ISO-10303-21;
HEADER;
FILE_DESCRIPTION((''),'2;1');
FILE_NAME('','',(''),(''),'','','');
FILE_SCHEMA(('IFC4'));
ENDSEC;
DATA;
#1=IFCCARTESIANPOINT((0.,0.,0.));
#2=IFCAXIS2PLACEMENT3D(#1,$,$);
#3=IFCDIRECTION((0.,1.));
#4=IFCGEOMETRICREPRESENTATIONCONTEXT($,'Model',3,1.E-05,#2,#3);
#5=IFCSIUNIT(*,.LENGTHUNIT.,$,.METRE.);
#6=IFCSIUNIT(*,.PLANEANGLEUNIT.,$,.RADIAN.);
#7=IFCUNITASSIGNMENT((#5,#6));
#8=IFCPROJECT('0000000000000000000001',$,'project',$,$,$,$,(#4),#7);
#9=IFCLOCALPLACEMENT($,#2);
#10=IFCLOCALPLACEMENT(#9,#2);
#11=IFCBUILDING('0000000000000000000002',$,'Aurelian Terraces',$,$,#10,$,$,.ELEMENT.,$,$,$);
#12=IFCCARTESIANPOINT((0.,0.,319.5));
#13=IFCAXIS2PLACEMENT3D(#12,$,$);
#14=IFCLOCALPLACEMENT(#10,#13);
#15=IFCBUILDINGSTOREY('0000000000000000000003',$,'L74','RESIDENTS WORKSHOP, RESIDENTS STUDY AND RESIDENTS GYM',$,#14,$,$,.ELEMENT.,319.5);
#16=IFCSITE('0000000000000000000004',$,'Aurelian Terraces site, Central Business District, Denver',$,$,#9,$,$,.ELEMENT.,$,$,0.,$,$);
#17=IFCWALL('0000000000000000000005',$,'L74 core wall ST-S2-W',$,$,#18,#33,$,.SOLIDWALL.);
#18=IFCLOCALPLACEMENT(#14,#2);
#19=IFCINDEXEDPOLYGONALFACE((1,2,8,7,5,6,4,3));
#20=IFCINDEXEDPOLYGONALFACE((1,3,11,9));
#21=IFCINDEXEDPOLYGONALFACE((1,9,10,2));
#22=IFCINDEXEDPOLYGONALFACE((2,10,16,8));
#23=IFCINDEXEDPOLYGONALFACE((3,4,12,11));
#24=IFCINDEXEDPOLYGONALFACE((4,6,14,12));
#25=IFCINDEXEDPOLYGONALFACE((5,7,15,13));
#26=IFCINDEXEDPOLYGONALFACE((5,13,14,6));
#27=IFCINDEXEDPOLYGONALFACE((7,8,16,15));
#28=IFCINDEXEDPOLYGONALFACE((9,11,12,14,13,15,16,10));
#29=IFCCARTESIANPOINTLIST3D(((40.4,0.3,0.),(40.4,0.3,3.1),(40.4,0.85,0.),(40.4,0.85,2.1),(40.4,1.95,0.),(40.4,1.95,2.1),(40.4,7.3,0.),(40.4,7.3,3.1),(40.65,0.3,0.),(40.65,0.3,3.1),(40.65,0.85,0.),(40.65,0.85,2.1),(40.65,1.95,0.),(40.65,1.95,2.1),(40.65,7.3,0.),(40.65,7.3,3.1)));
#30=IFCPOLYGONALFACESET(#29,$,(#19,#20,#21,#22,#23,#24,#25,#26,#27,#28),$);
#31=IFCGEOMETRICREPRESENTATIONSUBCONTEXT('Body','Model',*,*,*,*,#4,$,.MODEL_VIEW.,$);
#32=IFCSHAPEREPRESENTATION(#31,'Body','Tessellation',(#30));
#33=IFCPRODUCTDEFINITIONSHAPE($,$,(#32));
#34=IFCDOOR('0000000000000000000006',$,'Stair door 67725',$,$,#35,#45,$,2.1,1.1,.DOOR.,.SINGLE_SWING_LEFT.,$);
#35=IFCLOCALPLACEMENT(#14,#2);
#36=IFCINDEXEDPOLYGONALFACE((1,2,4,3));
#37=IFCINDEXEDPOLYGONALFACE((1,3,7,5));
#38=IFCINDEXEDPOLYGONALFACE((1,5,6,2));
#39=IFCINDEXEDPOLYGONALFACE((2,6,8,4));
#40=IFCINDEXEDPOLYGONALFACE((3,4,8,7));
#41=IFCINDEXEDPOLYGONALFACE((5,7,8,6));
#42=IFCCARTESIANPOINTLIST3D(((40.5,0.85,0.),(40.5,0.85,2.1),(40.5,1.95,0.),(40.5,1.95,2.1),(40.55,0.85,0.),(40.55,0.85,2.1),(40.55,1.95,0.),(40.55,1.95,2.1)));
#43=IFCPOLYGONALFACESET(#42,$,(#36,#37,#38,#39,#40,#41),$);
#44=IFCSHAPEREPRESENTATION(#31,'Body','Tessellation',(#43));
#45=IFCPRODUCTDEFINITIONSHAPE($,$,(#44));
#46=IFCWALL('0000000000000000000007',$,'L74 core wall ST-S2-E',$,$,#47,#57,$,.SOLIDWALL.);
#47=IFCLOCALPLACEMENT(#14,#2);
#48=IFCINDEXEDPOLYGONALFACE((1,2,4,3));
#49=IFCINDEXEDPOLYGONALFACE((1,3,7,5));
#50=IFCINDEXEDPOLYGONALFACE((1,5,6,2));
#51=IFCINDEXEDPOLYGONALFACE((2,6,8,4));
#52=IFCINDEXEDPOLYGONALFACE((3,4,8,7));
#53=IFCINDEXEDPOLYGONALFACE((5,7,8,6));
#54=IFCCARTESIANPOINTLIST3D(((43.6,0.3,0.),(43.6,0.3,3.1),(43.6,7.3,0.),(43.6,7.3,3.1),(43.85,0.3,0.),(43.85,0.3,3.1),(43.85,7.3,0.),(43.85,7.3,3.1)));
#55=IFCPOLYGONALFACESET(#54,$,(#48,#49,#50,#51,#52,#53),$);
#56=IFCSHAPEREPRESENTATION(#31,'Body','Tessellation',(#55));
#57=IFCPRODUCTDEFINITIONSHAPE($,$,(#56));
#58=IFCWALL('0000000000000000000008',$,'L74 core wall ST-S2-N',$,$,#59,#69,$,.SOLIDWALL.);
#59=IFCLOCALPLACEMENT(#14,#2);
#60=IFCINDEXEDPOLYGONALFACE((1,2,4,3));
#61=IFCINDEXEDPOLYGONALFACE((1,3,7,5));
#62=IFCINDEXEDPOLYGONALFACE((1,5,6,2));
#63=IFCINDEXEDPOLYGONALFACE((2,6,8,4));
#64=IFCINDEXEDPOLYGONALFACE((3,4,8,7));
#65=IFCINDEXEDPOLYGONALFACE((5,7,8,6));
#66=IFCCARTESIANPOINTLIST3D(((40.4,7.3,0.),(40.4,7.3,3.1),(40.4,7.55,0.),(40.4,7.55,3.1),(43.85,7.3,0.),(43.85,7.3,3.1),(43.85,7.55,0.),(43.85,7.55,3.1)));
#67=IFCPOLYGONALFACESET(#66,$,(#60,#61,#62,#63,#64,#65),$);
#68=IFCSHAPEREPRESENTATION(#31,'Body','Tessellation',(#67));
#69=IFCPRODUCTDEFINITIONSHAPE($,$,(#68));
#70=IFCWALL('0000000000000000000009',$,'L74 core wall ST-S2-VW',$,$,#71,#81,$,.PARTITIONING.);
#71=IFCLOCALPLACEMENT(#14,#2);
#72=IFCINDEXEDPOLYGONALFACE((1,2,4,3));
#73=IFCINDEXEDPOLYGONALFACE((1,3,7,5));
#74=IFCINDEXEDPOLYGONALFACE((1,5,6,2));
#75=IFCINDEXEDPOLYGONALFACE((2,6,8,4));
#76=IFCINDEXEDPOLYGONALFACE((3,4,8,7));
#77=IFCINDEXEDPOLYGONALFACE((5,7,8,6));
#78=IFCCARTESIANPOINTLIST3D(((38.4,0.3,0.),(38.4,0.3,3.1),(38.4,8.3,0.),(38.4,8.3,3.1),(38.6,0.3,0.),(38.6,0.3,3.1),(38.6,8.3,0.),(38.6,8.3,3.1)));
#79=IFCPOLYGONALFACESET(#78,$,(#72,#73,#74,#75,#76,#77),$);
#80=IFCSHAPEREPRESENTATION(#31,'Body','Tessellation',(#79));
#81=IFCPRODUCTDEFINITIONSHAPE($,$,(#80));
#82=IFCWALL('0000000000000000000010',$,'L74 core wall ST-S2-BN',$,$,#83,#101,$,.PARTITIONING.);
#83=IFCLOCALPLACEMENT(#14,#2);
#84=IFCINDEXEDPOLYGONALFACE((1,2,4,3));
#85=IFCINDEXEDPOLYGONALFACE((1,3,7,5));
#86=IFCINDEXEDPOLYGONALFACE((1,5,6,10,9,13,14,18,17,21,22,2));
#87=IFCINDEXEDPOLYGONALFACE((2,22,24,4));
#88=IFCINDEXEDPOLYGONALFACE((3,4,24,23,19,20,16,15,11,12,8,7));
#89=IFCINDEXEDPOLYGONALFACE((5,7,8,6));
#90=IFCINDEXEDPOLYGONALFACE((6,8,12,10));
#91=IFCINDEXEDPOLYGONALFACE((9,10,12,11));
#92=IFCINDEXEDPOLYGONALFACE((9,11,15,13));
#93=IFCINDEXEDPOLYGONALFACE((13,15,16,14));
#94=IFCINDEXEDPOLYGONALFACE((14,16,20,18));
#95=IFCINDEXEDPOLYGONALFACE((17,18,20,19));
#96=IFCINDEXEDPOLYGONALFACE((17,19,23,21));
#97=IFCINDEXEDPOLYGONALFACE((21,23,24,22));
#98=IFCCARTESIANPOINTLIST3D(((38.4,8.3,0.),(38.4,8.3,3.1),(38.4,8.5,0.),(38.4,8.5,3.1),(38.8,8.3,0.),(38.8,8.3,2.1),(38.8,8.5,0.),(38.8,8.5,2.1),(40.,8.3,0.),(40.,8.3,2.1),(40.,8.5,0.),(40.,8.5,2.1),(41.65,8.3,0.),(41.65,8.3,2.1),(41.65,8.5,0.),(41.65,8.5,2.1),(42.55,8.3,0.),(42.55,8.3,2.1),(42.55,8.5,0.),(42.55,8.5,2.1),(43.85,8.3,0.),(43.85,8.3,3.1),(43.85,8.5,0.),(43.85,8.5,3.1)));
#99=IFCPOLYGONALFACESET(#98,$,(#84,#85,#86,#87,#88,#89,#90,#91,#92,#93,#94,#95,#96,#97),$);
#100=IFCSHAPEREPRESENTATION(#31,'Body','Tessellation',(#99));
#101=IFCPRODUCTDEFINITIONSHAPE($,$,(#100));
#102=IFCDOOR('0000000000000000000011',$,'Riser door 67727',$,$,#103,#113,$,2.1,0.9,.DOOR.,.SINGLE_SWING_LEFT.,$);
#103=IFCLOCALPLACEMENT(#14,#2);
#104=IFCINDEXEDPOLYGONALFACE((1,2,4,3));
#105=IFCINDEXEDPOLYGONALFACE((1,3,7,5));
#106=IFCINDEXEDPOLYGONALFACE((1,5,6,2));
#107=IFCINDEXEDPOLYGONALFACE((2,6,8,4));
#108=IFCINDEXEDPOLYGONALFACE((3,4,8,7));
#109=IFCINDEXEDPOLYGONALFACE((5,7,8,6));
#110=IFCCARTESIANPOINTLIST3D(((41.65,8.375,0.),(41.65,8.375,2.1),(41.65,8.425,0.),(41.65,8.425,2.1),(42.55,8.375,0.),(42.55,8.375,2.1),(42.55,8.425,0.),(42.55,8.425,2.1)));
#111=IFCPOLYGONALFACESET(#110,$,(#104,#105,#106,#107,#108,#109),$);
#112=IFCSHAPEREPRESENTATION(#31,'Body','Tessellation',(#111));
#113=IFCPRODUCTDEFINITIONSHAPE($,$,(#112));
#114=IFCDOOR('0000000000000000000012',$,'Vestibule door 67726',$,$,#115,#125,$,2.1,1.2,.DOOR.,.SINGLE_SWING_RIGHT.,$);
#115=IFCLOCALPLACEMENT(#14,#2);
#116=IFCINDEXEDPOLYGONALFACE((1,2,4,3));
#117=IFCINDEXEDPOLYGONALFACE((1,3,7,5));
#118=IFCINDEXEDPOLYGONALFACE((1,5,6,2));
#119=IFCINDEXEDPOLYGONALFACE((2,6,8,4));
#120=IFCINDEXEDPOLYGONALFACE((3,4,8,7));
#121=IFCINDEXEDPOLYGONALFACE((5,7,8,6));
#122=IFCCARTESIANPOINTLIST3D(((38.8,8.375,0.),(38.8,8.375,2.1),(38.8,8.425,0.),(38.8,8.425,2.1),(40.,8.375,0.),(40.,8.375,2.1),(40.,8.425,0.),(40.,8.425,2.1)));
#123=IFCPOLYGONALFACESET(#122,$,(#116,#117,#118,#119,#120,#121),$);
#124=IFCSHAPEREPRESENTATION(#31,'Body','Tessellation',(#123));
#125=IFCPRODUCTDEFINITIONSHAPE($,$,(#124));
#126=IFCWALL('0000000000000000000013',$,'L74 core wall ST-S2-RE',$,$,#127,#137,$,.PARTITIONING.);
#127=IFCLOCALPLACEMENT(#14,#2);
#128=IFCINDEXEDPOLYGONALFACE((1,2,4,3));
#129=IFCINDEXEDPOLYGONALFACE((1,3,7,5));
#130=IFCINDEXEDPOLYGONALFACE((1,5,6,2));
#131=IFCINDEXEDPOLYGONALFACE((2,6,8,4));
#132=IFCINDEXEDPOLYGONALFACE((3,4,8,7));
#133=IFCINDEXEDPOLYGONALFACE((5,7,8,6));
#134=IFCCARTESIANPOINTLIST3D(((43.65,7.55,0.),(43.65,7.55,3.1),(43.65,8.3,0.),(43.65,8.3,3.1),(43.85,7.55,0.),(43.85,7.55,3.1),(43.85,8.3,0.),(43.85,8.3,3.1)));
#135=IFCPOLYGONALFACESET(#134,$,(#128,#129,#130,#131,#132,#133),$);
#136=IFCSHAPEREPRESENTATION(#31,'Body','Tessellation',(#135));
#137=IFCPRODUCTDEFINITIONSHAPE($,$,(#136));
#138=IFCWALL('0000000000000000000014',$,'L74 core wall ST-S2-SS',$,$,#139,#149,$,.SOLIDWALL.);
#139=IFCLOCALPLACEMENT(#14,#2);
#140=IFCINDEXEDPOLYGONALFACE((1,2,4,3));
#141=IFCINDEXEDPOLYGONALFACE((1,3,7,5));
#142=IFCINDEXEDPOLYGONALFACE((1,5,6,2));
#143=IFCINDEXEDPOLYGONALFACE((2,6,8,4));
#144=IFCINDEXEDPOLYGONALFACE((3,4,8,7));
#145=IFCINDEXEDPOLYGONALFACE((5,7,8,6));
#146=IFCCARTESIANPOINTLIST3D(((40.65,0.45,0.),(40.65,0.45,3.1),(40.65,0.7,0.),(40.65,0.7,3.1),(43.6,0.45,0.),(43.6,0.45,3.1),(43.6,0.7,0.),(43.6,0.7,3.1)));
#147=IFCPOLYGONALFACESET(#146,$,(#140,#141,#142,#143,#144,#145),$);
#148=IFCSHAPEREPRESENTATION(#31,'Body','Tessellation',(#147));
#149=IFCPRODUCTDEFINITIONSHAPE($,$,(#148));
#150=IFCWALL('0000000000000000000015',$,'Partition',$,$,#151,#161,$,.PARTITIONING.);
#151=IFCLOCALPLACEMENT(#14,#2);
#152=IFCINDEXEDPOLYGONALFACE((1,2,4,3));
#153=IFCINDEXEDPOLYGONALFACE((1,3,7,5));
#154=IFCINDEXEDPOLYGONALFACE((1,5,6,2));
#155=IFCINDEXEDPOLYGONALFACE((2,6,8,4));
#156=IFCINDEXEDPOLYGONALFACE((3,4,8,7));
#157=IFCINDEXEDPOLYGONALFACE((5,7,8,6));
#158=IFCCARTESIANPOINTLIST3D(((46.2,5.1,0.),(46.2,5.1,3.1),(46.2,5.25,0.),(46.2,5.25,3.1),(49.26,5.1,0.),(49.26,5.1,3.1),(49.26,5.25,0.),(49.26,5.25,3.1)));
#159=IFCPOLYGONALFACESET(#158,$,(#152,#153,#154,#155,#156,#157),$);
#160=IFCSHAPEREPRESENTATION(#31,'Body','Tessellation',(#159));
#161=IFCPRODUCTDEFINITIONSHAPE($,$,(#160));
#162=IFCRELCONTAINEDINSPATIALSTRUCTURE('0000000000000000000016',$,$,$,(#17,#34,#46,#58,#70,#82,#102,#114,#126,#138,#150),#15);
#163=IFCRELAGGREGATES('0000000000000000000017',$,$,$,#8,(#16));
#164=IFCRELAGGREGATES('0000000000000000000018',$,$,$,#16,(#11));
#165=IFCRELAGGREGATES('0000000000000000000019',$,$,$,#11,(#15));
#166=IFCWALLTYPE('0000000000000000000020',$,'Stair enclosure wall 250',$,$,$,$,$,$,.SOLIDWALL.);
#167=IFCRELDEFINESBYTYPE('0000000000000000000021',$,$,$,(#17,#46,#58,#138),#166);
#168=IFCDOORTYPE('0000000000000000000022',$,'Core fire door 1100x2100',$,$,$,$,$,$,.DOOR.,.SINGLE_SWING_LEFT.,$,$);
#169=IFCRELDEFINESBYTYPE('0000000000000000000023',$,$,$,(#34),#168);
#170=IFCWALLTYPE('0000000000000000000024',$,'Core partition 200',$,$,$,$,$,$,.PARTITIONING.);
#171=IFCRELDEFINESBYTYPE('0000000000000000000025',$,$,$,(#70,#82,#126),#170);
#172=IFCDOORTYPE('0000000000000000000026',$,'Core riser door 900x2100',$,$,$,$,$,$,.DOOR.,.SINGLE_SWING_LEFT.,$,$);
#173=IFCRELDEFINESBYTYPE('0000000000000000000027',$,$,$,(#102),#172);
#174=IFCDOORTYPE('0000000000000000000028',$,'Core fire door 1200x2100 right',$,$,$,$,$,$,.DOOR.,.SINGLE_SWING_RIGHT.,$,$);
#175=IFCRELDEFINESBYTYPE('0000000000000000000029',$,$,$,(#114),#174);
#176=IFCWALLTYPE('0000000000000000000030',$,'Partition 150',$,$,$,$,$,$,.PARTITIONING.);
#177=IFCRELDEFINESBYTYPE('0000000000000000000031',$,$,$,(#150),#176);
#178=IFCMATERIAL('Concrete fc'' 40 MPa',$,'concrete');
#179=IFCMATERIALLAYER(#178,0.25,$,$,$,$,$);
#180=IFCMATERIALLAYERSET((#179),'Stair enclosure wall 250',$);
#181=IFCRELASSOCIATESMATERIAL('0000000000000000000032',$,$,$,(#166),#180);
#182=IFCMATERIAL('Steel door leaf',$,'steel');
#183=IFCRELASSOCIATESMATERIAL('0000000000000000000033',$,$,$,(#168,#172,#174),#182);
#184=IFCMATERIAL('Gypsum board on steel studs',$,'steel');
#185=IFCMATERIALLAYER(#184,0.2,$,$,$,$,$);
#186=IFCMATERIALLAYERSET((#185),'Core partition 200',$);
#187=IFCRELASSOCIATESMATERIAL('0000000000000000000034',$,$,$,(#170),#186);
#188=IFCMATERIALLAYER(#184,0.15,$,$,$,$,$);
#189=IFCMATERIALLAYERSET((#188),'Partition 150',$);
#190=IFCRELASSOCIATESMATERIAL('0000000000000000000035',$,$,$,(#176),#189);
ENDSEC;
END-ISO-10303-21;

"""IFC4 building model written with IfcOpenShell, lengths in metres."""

from ifc_helpers import new_model, si_unit, direction, frame, frame_2d, origin, place, context, subcontext, project, spatial, rectangle, extrude, source, transform, mapped, material, layer, layer_set, type_object, element, fill, save


model = new_model("IFC4")

# Units and contexts
model_context = context("Model", 3, precision=1e-05, world=origin(), true_north=direction((0.0, 1.0)))
body_context = subcontext(model_context, "Body", "Model", "MODEL_VIEW")
ifc_project = project(units=[si_unit("LENGTHUNIT", "METRE"), si_unit("PLANEANGLEUNIT", "RADIAN")], contexts=[model_context])

# Site, building, storey
site_placement = place(None, origin())
site = spatial("IfcSite", under=ifc_project, at=site_placement, Name="Aurelian Terraces site, Central Business District, Denver", CompositionType="ELEMENT", RefElevation=0.0)
building_placement = place(site_placement, origin())
building = spatial("IfcBuilding", under=site, at=building_placement, Name="Aurelian Terraces", CompositionType="ELEMENT")
storey_placement = place(building_placement, frame((0.0, 0.0, 319.5)))
storey = spatial("IfcBuildingStorey", under=building, at=storey_placement, Name="L74", Description="RESIDENTS WORKSHOP, RESIDENTS STUDY AND RESIDENTS GYM", CompositionType="ELEMENT", Elevation=319.5)

# Shared definitions
ifc_material_1 = material(Name="Concrete fc' 40 MPa", Category="concrete")

# Wall, opening, door
ifc_layer_1 = layer(ifc_material_1, 0.25)
ifc_layer_set_1 = layer_set([ifc_layer_1], Name="Stair enclosure wall 250")
wall_type_1 = type_object("IfcWallType", Name="Stair enclosure wall 250", PredefinedType="SOLIDWALL", material=ifc_layer_set_1)
shared_shape_1 = source(origin(), body_context, "Body", "SweptSolid", [
    extrude(rectangle(XDim=7.0, YDim=0.25, at=frame_2d((3.5, 0.0))), origin(), (0.0, 0.0, 1.0), 3.1),
])
wall_1_placement = place(storey_placement, frame((40.525, 0.3, 0.0), z_axis=(0.0, 0.0, 1.0), x_axis=(0.0, 1.0, 0.0)))
wall_1 = element("IfcWall", 1, at=wall_1_placement, inside=storey, type_object=wall_type_1, Name="L74 core wall ST-S2-W", PredefinedType="SOLIDWALL", context=body_context, shape_type="MappedRepresentation", body=[
    mapped(shared_shape_1, transform((0.0, 0.0, 0.0), scale=1.0)),
])
shared_shape_2 = source(origin(), body_context, "Body", "SweptSolid", [
    extrude(rectangle(XDim=1.1, YDim=2.1, at=frame_2d((0.55, 1.05))), frame((0.0, 0.135, 0.0), z_axis=(0.0, -1.0, 0.0), x_axis=(1.0, 0.0, 0.0)), (0.0, 0.0, 1.0), 0.27),
])
opening_1_placement = place(wall_1_placement, frame((0.55, 0.0, 0.0)))
opening_1 = element("IfcOpeningElement", 2, at=opening_1_placement, cuts=wall_1, PredefinedType="OPENING", context=body_context, shape_type="MappedRepresentation", body=[
    mapped(shared_shape_2, transform((0.0, 0.0, 0.0), scale=1.0)),
])
ifc_material_2 = material(Name="Steel door leaf", Category="steel")
door_type_1 = type_object("IfcDoorType", Name="Core fire door 1100x2100", OperationType="SINGLE_SWING_LEFT", PredefinedType="DOOR", material=ifc_material_2)
shared_shape_3 = source(origin(), body_context, "Body", "SweptSolid", [
    extrude(rectangle(XDim=1.1, YDim=2.1, at=frame_2d((0.55, 1.05))), frame((0.0, 0.025, 0.0), z_axis=(0.0, -1.0, 0.0), x_axis=(1.0, 0.0, 0.0)), (0.0, 0.0, 1.0), 0.05),
])
door_1_placement = place(opening_1_placement, origin())
door_1 = element("IfcDoor", 3, at=door_1_placement, inside=storey, type_object=door_type_1, Name="Stair door 67725", OperationType="SINGLE_SWING_LEFT", OverallHeight=2.1, OverallWidth=1.1, PredefinedType="DOOR", context=body_context, shape_type="MappedRepresentation", body=[
    mapped(shared_shape_3, transform((0.0, 0.0, 0.0), scale=1.0)),
])
fill(opening_1, door_1)

# Walls
wall_2_placement = place(storey_placement, frame((43.725, 0.3, 0.0), z_axis=(0.0, 0.0, 1.0), x_axis=(0.0, 1.0, 0.0)))
element("IfcWall", 4, at=wall_2_placement, inside=storey, type_object=wall_type_1, Name="L74 core wall ST-S2-E", PredefinedType="SOLIDWALL", context=body_context, shape_type="MappedRepresentation", body=[
    mapped(shared_shape_1, transform((0.0, 0.0, 0.0), scale=1.0)),
])
shared_shape_4 = source(origin(), body_context, "Body", "SweptSolid", [
    extrude(rectangle(XDim=3.45, YDim=0.25, at=frame_2d((1.725, 0.0))), origin(), (0.0, 0.0, 1.0), 3.1),
])
wall_3_placement = place(storey_placement, frame((40.4, 7.425, 0.0), z_axis=(0.0, 0.0, 1.0), x_axis=(1.0, 0.0, 0.0)))
element("IfcWall", 5, at=wall_3_placement, inside=storey, type_object=wall_type_1, Name="L74 core wall ST-S2-N", PredefinedType="SOLIDWALL", context=body_context, shape_type="MappedRepresentation", body=[
    mapped(shared_shape_4, transform((0.0, 0.0, 0.0), scale=1.0)),
])
ifc_material_3 = material(Name="Gypsum board on steel studs", Category="steel")
ifc_layer_2 = layer(ifc_material_3, 0.2)
ifc_layer_set_2 = layer_set([ifc_layer_2], Name="Core partition 200")
wall_type_2 = type_object("IfcWallType", Name="Core partition 200", PredefinedType="PARTITIONING", material=ifc_layer_set_2)
shared_shape_5 = source(origin(), body_context, "Body", "SweptSolid", [
    extrude(rectangle(XDim=8.0, YDim=0.2, at=frame_2d((4.0, 0.0))), origin(), (0.0, 0.0, 1.0), 3.1),
])
wall_4_placement = place(storey_placement, frame((38.5, 0.3, 0.0), z_axis=(0.0, 0.0, 1.0), x_axis=(0.0, 1.0, 0.0)))
element("IfcWall", 6, at=wall_4_placement, inside=storey, type_object=wall_type_2, Name="L74 core wall ST-S2-VW", PredefinedType="PARTITIONING", context=body_context, shape_type="MappedRepresentation", body=[
    mapped(shared_shape_5, transform((0.0, 0.0, 0.0), scale=1.0)),
])

# Wall, openings, doors
shared_shape_6 = source(origin(), body_context, "Body", "SweptSolid", [
    extrude(rectangle(XDim=5.45, YDim=0.2, at=frame_2d((2.725, 0.0))), origin(), (0.0, 0.0, 1.0), 3.1),
])
wall_5_placement = place(storey_placement, frame((38.4, 8.4, 0.0), z_axis=(0.0, 0.0, 1.0), x_axis=(1.0, 0.0, 0.0)))
wall_5 = element("IfcWall", 7, at=wall_5_placement, inside=storey, type_object=wall_type_2, Name="L74 core wall ST-S2-BN", PredefinedType="PARTITIONING", context=body_context, shape_type="MappedRepresentation", body=[
    mapped(shared_shape_6, transform((0.0, 0.0, 0.0), scale=1.0)),
])
shared_shape_7 = source(origin(), body_context, "Body", "SweptSolid", [
    extrude(rectangle(XDim=1.2, YDim=2.1, at=frame_2d((0.6, 1.05))), frame((0.0, 0.11, 0.0), z_axis=(0.0, -1.0, 0.0), x_axis=(1.0, 0.0, 0.0)), (0.0, 0.0, 1.0), 0.22),
])
opening_2_placement = place(wall_5_placement, frame((0.4, 0.0, 0.0)))
opening_2 = element("IfcOpeningElement", 8, at=opening_2_placement, cuts=wall_5, PredefinedType="OPENING", context=body_context, shape_type="MappedRepresentation", body=[
    mapped(shared_shape_7, transform((0.0, 0.0, 0.0), scale=1.0)),
])
shared_shape_8 = source(origin(), body_context, "Body", "SweptSolid", [
    extrude(rectangle(XDim=0.9, YDim=2.1, at=frame_2d((0.45, 1.05))), frame((0.0, 0.11, 0.0), z_axis=(0.0, -1.0, 0.0), x_axis=(1.0, 0.0, 0.0)), (0.0, 0.0, 1.0), 0.22),
])
opening_3_placement = place(wall_5_placement, frame((3.25, 0.0, 0.0)))
opening_3 = element("IfcOpeningElement", 9, at=opening_3_placement, cuts=wall_5, PredefinedType="OPENING", context=body_context, shape_type="MappedRepresentation", body=[
    mapped(shared_shape_8, transform((0.0, 0.0, 0.0), scale=1.0)),
])
door_type_2 = type_object("IfcDoorType", Name="Core riser door 900x2100", OperationType="SINGLE_SWING_LEFT", PredefinedType="DOOR", material=ifc_material_2)
shared_shape_9 = source(origin(), body_context, "Body", "SweptSolid", [
    extrude(rectangle(XDim=0.9, YDim=2.1, at=frame_2d((0.45, 1.05))), frame((0.0, 0.025, 0.0), z_axis=(0.0, -1.0, 0.0), x_axis=(1.0, 0.0, 0.0)), (0.0, 0.0, 1.0), 0.05),
])
door_2_placement = place(opening_3_placement, origin())
door_2 = element("IfcDoor", 10, at=door_2_placement, inside=storey, type_object=door_type_2, Name="Riser door 67727", OperationType="SINGLE_SWING_LEFT", OverallHeight=2.1, OverallWidth=0.9, PredefinedType="DOOR", context=body_context, shape_type="MappedRepresentation", body=[
    mapped(shared_shape_9, transform((0.0, 0.0, 0.0), scale=1.0)),
])
fill(opening_3, door_2)
door_type_3 = type_object("IfcDoorType", Name="Core fire door 1200x2100 right", OperationType="SINGLE_SWING_RIGHT", PredefinedType="DOOR", material=ifc_material_2)
shared_shape_10 = source(origin(), body_context, "Body", "SweptSolid", [
    extrude(rectangle(XDim=1.2, YDim=2.1, at=frame_2d((0.6, 1.05))), frame((0.0, 0.025, 0.0), z_axis=(0.0, -1.0, 0.0), x_axis=(1.0, 0.0, 0.0)), (0.0, 0.0, 1.0), 0.05),
])
door_3_placement = place(opening_2_placement, origin())
door_3 = element("IfcDoor", 11, at=door_3_placement, inside=storey, type_object=door_type_3, Name="Vestibule door 67726", OperationType="SINGLE_SWING_RIGHT", OverallHeight=2.1, OverallWidth=1.2, PredefinedType="DOOR", context=body_context, shape_type="MappedRepresentation", body=[
    mapped(shared_shape_10, transform((0.0, 0.0, 0.0), scale=1.0)),
])
fill(opening_2, door_3)

# Walls
shared_shape_11 = source(origin(), body_context, "Body", "SweptSolid", [
    extrude(rectangle(XDim=0.75, YDim=0.2, at=frame_2d((0.375, 0.0))), origin(), (0.0, 0.0, 1.0), 3.1),
])
wall_6_placement = place(storey_placement, frame((43.75, 7.55, 0.0), z_axis=(0.0, 0.0, 1.0), x_axis=(0.0, 1.0, 0.0)))
element("IfcWall", 12, at=wall_6_placement, inside=storey, type_object=wall_type_2, Name="L74 core wall ST-S2-RE", PredefinedType="PARTITIONING", context=body_context, shape_type="MappedRepresentation", body=[
    mapped(shared_shape_11, transform((0.0, 0.0, 0.0), scale=1.0)),
])
shared_shape_12 = source(origin(), body_context, "Body", "SweptSolid", [
    extrude(rectangle(XDim=2.95, YDim=0.25, at=frame_2d((1.475, 0.0))), origin(), (0.0, 0.0, 1.0), 3.1),
])
wall_7_placement = place(storey_placement, frame((40.65, 0.575, 0.0), z_axis=(0.0, 0.0, 1.0), x_axis=(1.0, 0.0, 0.0)))
element("IfcWall", 13, at=wall_7_placement, inside=storey, type_object=wall_type_1, Name="L74 core wall ST-S2-SS", PredefinedType="SOLIDWALL", context=body_context, shape_type="MappedRepresentation", body=[
    mapped(shared_shape_12, transform((0.0, 0.0, 0.0), scale=1.0)),
])
ifc_layer_3 = layer(ifc_material_3, 0.15)
ifc_layer_set_3 = layer_set([ifc_layer_3], Name="Partition 150")
wall_type_3 = type_object("IfcWallType", Name="Partition 150", PredefinedType="PARTITIONING", material=ifc_layer_set_3)
shared_shape_13 = source(origin(), body_context, "Body", "SweptSolid", [
    extrude(rectangle(XDim=3.06, YDim=0.15, at=frame_2d((1.53, 0.0))), origin(), (0.0, 0.0, 1.0), 3.1),
])
wall_8_placement = place(storey_placement, frame((49.26, 5.175, 0.0), z_axis=(0.0, 0.0, 1.0), x_axis=(-1.0, 0.0, 0.0)))
element("IfcWall", 14, at=wall_8_placement, inside=storey, type_object=wall_type_3, Name="Partition", PredefinedType="PARTITIONING", context=body_context, shape_type="MappedRepresentation", body=[
    mapped(shared_shape_13, transform((0.0, 0.0, 0.0), scale=1.0)),
])

save(model, "model.ifc")
